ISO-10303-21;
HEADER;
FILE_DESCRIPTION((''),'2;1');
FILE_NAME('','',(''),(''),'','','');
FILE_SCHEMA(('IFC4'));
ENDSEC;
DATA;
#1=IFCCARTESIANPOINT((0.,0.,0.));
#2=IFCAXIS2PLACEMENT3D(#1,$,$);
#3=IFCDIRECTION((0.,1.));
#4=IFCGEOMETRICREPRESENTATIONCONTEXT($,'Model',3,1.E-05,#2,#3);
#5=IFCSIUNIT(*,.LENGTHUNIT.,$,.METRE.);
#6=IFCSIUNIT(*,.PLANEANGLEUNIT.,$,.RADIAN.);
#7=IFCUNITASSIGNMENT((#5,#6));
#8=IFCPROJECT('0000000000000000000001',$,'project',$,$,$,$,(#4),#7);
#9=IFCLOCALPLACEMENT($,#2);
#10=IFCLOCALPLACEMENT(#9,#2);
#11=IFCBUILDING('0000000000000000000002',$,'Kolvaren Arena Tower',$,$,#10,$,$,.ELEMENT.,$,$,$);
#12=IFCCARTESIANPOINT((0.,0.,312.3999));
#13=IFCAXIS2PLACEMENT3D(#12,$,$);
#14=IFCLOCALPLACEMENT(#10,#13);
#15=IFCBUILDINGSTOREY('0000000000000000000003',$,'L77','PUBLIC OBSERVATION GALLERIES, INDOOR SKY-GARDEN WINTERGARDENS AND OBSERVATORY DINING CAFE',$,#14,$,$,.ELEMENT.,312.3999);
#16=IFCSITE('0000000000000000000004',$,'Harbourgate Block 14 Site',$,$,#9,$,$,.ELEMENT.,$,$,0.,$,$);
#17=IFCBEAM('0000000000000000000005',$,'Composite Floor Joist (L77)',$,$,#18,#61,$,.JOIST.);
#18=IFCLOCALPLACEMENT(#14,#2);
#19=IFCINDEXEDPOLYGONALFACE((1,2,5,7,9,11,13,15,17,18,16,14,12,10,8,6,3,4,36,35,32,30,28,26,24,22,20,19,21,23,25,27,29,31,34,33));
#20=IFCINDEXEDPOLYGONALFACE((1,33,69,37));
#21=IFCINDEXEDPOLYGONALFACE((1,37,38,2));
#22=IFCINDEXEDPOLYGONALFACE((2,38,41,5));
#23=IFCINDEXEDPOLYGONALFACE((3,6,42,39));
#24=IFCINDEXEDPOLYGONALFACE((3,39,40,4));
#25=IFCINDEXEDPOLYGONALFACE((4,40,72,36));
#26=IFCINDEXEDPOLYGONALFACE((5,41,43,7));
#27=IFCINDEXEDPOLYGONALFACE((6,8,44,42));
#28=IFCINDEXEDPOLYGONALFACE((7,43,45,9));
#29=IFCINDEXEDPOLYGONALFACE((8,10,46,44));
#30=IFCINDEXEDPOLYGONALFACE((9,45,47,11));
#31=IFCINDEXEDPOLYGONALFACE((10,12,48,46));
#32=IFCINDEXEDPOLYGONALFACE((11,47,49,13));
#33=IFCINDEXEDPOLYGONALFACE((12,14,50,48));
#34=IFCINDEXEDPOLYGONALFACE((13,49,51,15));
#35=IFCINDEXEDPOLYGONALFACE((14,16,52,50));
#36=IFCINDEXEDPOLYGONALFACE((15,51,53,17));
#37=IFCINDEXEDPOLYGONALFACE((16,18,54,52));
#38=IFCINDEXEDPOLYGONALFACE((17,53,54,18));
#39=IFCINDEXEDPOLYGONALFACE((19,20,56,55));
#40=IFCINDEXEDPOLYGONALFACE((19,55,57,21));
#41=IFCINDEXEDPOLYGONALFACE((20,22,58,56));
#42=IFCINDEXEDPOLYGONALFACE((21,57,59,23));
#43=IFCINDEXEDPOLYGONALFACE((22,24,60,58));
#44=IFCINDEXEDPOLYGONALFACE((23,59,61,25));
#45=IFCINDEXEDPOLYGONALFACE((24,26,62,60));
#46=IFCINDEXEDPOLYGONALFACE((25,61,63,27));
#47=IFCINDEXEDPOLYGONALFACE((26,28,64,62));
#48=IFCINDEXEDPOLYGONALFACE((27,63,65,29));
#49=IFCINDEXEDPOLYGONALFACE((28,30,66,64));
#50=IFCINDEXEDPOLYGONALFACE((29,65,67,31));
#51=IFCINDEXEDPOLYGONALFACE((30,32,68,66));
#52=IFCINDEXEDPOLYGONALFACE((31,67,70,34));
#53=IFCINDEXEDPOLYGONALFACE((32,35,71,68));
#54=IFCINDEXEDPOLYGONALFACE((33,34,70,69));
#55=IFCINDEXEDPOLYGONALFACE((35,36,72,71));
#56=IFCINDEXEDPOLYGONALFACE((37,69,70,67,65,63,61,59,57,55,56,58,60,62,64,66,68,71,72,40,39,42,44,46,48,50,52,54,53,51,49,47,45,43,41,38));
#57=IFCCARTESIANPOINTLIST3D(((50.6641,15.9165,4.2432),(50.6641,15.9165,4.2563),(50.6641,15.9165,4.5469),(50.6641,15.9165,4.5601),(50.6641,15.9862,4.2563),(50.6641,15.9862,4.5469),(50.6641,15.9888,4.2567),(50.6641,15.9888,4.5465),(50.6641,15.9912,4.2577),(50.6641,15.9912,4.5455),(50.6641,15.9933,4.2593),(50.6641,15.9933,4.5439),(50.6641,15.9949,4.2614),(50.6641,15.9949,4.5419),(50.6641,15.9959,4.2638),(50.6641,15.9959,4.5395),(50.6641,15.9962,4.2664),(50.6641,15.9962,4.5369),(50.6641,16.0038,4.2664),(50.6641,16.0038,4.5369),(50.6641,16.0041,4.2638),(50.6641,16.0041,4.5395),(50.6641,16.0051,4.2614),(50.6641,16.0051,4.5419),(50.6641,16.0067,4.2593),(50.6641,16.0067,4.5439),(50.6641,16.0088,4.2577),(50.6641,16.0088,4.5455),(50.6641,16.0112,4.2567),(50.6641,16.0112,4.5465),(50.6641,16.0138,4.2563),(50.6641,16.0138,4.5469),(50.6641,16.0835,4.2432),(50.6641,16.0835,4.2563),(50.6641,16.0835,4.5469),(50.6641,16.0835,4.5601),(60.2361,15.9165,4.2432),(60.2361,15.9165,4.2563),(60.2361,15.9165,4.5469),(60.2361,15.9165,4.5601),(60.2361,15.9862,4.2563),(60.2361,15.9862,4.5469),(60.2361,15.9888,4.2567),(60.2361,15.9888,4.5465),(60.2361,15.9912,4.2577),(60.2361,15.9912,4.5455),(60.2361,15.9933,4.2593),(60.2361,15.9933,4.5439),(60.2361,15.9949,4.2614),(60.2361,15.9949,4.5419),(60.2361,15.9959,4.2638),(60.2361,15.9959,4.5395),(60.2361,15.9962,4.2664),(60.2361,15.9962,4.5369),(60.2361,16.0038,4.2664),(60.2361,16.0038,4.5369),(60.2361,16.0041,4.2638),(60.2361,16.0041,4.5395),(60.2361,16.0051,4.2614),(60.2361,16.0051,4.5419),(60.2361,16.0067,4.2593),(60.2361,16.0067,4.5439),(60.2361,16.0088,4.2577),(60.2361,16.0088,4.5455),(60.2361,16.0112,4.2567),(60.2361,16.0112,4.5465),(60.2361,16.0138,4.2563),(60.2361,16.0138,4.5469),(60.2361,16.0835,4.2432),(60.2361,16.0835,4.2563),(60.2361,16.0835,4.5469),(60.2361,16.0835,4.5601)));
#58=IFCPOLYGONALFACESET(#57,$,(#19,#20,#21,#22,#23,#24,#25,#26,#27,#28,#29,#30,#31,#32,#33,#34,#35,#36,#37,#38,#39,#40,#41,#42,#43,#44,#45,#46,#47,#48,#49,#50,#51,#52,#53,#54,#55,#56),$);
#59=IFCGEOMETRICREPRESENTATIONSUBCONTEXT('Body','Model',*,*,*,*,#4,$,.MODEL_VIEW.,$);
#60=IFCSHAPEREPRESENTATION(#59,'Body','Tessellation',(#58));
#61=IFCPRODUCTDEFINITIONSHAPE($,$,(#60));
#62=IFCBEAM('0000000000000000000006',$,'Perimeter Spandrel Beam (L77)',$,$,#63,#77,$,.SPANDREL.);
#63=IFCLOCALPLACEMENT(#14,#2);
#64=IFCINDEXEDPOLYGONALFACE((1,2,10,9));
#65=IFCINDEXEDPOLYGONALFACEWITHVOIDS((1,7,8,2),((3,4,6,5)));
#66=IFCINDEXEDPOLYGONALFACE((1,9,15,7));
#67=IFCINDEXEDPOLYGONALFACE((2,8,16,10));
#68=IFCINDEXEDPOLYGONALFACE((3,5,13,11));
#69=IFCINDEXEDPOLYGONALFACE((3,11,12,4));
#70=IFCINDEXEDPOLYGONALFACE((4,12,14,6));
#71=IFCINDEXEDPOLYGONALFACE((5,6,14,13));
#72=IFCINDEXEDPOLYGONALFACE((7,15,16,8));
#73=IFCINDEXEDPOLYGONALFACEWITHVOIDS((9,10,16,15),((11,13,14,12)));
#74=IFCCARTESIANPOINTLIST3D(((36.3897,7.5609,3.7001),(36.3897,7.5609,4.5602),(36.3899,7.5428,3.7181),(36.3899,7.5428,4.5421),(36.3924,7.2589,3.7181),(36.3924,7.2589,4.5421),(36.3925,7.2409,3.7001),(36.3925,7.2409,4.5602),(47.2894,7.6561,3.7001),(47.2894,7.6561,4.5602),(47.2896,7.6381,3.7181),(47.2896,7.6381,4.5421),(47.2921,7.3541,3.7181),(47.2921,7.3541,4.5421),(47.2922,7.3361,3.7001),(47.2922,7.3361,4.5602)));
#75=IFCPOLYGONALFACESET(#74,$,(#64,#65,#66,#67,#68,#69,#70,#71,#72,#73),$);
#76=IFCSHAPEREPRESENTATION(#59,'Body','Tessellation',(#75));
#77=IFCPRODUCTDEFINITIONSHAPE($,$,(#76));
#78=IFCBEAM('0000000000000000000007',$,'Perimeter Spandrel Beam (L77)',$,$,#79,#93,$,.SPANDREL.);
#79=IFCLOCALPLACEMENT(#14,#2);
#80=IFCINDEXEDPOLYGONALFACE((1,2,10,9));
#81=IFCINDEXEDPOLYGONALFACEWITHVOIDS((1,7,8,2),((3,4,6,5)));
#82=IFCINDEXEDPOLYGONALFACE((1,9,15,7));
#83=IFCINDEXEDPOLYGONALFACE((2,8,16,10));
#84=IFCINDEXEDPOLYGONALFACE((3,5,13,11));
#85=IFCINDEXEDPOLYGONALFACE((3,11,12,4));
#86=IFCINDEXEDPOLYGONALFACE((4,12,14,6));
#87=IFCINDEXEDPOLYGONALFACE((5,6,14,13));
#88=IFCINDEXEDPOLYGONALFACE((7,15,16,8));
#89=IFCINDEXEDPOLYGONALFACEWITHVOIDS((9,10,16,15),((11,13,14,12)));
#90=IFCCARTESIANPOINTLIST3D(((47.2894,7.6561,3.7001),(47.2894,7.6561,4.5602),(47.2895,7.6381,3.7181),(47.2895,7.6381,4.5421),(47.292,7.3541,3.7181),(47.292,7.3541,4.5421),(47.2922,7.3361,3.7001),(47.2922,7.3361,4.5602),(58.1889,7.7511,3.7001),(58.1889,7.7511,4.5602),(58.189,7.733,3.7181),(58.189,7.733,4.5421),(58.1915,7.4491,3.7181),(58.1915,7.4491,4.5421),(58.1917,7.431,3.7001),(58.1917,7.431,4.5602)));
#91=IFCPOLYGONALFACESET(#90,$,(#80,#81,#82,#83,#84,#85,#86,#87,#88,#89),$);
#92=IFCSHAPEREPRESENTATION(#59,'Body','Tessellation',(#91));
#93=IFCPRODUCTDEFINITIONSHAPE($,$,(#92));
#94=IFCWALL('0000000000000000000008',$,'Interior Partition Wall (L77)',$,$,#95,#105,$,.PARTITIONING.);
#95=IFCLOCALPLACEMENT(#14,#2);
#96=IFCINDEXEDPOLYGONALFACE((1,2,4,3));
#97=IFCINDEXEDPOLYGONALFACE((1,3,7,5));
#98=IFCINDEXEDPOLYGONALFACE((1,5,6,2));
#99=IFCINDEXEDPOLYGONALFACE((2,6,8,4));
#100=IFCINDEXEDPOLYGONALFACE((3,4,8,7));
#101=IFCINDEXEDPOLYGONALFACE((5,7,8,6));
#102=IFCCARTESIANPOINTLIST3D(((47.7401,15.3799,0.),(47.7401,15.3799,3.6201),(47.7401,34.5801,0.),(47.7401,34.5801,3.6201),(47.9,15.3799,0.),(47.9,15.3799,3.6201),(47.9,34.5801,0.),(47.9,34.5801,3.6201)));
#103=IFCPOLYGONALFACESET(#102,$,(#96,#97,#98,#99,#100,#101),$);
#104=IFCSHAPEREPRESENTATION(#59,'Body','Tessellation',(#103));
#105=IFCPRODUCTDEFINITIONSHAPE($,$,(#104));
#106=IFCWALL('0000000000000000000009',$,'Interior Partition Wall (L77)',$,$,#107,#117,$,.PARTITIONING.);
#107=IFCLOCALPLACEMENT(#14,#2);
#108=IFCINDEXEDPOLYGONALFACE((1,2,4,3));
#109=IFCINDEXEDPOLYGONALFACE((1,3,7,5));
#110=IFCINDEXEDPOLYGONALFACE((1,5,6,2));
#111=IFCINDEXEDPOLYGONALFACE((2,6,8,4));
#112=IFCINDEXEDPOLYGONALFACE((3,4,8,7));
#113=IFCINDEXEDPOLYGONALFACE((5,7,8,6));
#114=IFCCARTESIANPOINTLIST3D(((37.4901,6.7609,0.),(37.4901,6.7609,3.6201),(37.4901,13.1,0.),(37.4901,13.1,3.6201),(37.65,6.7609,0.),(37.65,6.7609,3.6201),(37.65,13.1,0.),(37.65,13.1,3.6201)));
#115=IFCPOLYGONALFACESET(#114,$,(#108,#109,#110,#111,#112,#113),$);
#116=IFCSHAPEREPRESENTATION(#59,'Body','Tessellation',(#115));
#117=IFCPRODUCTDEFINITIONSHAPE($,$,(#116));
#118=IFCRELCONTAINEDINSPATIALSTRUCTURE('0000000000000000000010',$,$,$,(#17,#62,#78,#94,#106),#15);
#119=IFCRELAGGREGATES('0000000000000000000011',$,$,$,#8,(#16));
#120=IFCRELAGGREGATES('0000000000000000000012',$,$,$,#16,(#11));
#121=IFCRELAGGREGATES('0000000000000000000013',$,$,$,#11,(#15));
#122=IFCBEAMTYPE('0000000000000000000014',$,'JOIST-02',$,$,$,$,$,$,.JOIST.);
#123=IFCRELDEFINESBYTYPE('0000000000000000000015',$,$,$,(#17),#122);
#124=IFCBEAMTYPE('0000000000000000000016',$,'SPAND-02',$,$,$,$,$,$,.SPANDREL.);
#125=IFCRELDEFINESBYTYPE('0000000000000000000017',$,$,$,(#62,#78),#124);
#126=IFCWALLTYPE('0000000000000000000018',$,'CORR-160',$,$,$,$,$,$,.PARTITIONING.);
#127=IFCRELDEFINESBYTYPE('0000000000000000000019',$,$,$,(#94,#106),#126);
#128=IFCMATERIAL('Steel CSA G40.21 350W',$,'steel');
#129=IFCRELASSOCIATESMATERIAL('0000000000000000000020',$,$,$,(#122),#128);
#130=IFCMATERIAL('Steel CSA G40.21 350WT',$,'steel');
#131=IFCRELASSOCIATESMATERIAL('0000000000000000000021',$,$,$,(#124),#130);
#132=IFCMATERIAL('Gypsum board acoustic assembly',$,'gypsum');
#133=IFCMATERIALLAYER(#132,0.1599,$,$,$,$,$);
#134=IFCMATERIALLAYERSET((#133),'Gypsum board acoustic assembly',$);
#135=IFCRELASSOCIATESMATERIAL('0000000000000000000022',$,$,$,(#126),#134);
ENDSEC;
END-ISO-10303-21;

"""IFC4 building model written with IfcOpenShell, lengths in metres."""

from ifc_helpers import new_model, si_unit, direction, frame, frame_2d, origin, origin_2d, place, context, subcontext, project, spatial, rectangle, hollow_rectangle, i_section, extrude, material, layer, layer_set, material_profile, profile_set, type_object, element, save


model = new_model("IFC4")

# Units and contexts
model_context = context("Model", 3, precision=1e-05, world=origin(), true_north=direction((0.0, 1.0)))
body_context = subcontext(model_context, "Body", "Model", "MODEL_VIEW")
ifc_project = project(units=[si_unit("LENGTHUNIT", "METRE"), si_unit("PLANEANGLEUNIT", "RADIAN")], contexts=[model_context])

# Site, building, storey
site_placement = place(None, origin())
site = spatial("IfcSite", under=ifc_project, at=site_placement, Name="Harbourgate Block 14 Site", CompositionType="ELEMENT", RefElevation=0.0)
building_placement = place(site_placement, origin())
building = spatial("IfcBuilding", under=site, at=building_placement, Name="Kolvaren Arena Tower", CompositionType="ELEMENT")
storey_placement = place(building_placement, frame((0.0, 0.0, 312.3999)))
storey = spatial("IfcBuildingStorey", under=building, at=storey_placement, Name="L77", Description="PUBLIC OBSERVATION GALLERIES, INDOOR SKY-GARDEN WINTERGARDENS AND OBSERVATORY DINING CAFE", CompositionType="ELEMENT", Elevation=312.3999)

# Beams
ifc_material_1 = material(Name="Steel CSA G40.21 350W", Category="steel")
ifc_material_profile_1 = material_profile(ifc_material_1, i_section(OverallWidth=0.167, OverallDepth=0.3169, WebThickness=0.0076, FlangeThickness=0.0132, FilletRadius=0.01, at=origin_2d()), Name="W310x52")
ifc_profile_set_1 = profile_set([ifc_material_profile_1], Name="Steel CSA G40.21 350W")
beam_type_1 = type_object("IfcBeamType", Name="JOIST-02", PredefinedType="JOIST", material=ifc_profile_set_1)
beam_1_placement = place(storey_placement, frame((50.6641, 16.0, 4.4016), z_axis=(1.0, 0.0, 0.0), x_axis=(0.0, 1.0, 0.0)))
element("IfcBeam", 1, at=beam_1_placement, inside=storey, type_object=beam_type_1, Name="Composite Floor Joist (L77)", PredefinedType="JOIST", context=body_context, shape_type="SweptSolid", body=[
    extrude(i_section(OverallWidth=0.167, OverallDepth=0.3169, WebThickness=0.0076, FlangeThickness=0.0132, FilletRadius=0.01, at=origin_2d()), origin(), (0.0, 0.0, 1.0), 9.572),
])
ifc_material_2 = material(Name="Steel CSA G40.21 350WT", Category="steel")
ifc_material_profile_2 = material_profile(ifc_material_2, hollow_rectangle(XDim=0.3201, YDim=0.8601, WallThickness=0.0181, at=origin_2d()), Name="HSS 860x320x18")
ifc_profile_set_2 = profile_set([ifc_material_profile_2], Name="Steel CSA G40.21 350WT")
beam_type_2 = type_object("IfcBeamType", Name="SPAND-02", PredefinedType="SPANDREL", material=ifc_profile_set_2)
beam_2_placement = place(storey_placement, frame((36.3911, 7.4009, 4.1301), z_axis=(0.999962, 0.008735, 0.0), x_axis=(-0.008735, 0.999962, 0.0)))
element("IfcBeam", 2, at=beam_2_placement, inside=storey, type_object=beam_type_2, Name="Perimeter Spandrel Beam (L77)", PredefinedType="SPANDREL", context=body_context, shape_type="SweptSolid", body=[
    extrude(hollow_rectangle(XDim=0.3201, YDim=0.8601, WallThickness=0.0181, at=origin_2d()), origin(), (0.0, 0.0, 1.0), 10.9001),
])
beam_3_placement = place(storey_placement, frame((47.2908, 7.4961, 4.1301), z_axis=(0.999962, 0.008713, 0.0), x_axis=(-0.008713, 0.999962, 0.0)))
element("IfcBeam", 3, at=beam_3_placement, inside=storey, type_object=beam_type_2, Name="Perimeter Spandrel Beam (L77)", PredefinedType="SPANDREL", context=body_context, shape_type="SweptSolid", body=[
    extrude(hollow_rectangle(XDim=0.3201, YDim=0.8601, WallThickness=0.0181, at=origin_2d()), origin(), (0.0, 0.0, 1.0), 10.8999),
])

# Walls
ifc_material_3 = material(Name="Gypsum board acoustic assembly", Category="gypsum")
ifc_layer_1 = layer(ifc_material_3, 0.1599)
ifc_layer_set_1 = layer_set([ifc_layer_1], Name="Gypsum board acoustic assembly")
wall_type_1 = type_object("IfcWallType", Name="CORR-160", PredefinedType="PARTITIONING", material=ifc_layer_set_1)
wall_1_placement = place(storey_placement, frame((47.8201, 15.3799, 0.0), z_axis=(0.0, 0.0, 1.0), x_axis=(0.0, 1.0, 0.0)))
element("IfcWall", 4, at=wall_1_placement, inside=storey, type_object=wall_type_1, Name="Interior Partition Wall (L77)", PredefinedType="PARTITIONING", context=body_context, shape_type="SweptSolid", body=[
    extrude(rectangle(XDim=19.2002, YDim=0.1599, at=frame_2d((9.6001, 0.0))), origin(), (0.0, 0.0, 1.0), 3.6201),
])
wall_2_placement = place(storey_placement, frame((37.5701, 6.761, 0.0), z_axis=(0.0, 0.0, 1.0), x_axis=(0.0, 1.0, 0.0)))
element("IfcWall", 5, at=wall_2_placement, inside=storey, type_object=wall_type_1, Name="Interior Partition Wall (L77)", PredefinedType="PARTITIONING", context=body_context, shape_type="SweptSolid", body=[
    extrude(rectangle(XDim=6.3391, YDim=0.1599, at=frame_2d((3.1694, 0.0))), origin(), (0.0, 0.0, 1.0), 3.6201),
])

save(model, "model.ifc")
